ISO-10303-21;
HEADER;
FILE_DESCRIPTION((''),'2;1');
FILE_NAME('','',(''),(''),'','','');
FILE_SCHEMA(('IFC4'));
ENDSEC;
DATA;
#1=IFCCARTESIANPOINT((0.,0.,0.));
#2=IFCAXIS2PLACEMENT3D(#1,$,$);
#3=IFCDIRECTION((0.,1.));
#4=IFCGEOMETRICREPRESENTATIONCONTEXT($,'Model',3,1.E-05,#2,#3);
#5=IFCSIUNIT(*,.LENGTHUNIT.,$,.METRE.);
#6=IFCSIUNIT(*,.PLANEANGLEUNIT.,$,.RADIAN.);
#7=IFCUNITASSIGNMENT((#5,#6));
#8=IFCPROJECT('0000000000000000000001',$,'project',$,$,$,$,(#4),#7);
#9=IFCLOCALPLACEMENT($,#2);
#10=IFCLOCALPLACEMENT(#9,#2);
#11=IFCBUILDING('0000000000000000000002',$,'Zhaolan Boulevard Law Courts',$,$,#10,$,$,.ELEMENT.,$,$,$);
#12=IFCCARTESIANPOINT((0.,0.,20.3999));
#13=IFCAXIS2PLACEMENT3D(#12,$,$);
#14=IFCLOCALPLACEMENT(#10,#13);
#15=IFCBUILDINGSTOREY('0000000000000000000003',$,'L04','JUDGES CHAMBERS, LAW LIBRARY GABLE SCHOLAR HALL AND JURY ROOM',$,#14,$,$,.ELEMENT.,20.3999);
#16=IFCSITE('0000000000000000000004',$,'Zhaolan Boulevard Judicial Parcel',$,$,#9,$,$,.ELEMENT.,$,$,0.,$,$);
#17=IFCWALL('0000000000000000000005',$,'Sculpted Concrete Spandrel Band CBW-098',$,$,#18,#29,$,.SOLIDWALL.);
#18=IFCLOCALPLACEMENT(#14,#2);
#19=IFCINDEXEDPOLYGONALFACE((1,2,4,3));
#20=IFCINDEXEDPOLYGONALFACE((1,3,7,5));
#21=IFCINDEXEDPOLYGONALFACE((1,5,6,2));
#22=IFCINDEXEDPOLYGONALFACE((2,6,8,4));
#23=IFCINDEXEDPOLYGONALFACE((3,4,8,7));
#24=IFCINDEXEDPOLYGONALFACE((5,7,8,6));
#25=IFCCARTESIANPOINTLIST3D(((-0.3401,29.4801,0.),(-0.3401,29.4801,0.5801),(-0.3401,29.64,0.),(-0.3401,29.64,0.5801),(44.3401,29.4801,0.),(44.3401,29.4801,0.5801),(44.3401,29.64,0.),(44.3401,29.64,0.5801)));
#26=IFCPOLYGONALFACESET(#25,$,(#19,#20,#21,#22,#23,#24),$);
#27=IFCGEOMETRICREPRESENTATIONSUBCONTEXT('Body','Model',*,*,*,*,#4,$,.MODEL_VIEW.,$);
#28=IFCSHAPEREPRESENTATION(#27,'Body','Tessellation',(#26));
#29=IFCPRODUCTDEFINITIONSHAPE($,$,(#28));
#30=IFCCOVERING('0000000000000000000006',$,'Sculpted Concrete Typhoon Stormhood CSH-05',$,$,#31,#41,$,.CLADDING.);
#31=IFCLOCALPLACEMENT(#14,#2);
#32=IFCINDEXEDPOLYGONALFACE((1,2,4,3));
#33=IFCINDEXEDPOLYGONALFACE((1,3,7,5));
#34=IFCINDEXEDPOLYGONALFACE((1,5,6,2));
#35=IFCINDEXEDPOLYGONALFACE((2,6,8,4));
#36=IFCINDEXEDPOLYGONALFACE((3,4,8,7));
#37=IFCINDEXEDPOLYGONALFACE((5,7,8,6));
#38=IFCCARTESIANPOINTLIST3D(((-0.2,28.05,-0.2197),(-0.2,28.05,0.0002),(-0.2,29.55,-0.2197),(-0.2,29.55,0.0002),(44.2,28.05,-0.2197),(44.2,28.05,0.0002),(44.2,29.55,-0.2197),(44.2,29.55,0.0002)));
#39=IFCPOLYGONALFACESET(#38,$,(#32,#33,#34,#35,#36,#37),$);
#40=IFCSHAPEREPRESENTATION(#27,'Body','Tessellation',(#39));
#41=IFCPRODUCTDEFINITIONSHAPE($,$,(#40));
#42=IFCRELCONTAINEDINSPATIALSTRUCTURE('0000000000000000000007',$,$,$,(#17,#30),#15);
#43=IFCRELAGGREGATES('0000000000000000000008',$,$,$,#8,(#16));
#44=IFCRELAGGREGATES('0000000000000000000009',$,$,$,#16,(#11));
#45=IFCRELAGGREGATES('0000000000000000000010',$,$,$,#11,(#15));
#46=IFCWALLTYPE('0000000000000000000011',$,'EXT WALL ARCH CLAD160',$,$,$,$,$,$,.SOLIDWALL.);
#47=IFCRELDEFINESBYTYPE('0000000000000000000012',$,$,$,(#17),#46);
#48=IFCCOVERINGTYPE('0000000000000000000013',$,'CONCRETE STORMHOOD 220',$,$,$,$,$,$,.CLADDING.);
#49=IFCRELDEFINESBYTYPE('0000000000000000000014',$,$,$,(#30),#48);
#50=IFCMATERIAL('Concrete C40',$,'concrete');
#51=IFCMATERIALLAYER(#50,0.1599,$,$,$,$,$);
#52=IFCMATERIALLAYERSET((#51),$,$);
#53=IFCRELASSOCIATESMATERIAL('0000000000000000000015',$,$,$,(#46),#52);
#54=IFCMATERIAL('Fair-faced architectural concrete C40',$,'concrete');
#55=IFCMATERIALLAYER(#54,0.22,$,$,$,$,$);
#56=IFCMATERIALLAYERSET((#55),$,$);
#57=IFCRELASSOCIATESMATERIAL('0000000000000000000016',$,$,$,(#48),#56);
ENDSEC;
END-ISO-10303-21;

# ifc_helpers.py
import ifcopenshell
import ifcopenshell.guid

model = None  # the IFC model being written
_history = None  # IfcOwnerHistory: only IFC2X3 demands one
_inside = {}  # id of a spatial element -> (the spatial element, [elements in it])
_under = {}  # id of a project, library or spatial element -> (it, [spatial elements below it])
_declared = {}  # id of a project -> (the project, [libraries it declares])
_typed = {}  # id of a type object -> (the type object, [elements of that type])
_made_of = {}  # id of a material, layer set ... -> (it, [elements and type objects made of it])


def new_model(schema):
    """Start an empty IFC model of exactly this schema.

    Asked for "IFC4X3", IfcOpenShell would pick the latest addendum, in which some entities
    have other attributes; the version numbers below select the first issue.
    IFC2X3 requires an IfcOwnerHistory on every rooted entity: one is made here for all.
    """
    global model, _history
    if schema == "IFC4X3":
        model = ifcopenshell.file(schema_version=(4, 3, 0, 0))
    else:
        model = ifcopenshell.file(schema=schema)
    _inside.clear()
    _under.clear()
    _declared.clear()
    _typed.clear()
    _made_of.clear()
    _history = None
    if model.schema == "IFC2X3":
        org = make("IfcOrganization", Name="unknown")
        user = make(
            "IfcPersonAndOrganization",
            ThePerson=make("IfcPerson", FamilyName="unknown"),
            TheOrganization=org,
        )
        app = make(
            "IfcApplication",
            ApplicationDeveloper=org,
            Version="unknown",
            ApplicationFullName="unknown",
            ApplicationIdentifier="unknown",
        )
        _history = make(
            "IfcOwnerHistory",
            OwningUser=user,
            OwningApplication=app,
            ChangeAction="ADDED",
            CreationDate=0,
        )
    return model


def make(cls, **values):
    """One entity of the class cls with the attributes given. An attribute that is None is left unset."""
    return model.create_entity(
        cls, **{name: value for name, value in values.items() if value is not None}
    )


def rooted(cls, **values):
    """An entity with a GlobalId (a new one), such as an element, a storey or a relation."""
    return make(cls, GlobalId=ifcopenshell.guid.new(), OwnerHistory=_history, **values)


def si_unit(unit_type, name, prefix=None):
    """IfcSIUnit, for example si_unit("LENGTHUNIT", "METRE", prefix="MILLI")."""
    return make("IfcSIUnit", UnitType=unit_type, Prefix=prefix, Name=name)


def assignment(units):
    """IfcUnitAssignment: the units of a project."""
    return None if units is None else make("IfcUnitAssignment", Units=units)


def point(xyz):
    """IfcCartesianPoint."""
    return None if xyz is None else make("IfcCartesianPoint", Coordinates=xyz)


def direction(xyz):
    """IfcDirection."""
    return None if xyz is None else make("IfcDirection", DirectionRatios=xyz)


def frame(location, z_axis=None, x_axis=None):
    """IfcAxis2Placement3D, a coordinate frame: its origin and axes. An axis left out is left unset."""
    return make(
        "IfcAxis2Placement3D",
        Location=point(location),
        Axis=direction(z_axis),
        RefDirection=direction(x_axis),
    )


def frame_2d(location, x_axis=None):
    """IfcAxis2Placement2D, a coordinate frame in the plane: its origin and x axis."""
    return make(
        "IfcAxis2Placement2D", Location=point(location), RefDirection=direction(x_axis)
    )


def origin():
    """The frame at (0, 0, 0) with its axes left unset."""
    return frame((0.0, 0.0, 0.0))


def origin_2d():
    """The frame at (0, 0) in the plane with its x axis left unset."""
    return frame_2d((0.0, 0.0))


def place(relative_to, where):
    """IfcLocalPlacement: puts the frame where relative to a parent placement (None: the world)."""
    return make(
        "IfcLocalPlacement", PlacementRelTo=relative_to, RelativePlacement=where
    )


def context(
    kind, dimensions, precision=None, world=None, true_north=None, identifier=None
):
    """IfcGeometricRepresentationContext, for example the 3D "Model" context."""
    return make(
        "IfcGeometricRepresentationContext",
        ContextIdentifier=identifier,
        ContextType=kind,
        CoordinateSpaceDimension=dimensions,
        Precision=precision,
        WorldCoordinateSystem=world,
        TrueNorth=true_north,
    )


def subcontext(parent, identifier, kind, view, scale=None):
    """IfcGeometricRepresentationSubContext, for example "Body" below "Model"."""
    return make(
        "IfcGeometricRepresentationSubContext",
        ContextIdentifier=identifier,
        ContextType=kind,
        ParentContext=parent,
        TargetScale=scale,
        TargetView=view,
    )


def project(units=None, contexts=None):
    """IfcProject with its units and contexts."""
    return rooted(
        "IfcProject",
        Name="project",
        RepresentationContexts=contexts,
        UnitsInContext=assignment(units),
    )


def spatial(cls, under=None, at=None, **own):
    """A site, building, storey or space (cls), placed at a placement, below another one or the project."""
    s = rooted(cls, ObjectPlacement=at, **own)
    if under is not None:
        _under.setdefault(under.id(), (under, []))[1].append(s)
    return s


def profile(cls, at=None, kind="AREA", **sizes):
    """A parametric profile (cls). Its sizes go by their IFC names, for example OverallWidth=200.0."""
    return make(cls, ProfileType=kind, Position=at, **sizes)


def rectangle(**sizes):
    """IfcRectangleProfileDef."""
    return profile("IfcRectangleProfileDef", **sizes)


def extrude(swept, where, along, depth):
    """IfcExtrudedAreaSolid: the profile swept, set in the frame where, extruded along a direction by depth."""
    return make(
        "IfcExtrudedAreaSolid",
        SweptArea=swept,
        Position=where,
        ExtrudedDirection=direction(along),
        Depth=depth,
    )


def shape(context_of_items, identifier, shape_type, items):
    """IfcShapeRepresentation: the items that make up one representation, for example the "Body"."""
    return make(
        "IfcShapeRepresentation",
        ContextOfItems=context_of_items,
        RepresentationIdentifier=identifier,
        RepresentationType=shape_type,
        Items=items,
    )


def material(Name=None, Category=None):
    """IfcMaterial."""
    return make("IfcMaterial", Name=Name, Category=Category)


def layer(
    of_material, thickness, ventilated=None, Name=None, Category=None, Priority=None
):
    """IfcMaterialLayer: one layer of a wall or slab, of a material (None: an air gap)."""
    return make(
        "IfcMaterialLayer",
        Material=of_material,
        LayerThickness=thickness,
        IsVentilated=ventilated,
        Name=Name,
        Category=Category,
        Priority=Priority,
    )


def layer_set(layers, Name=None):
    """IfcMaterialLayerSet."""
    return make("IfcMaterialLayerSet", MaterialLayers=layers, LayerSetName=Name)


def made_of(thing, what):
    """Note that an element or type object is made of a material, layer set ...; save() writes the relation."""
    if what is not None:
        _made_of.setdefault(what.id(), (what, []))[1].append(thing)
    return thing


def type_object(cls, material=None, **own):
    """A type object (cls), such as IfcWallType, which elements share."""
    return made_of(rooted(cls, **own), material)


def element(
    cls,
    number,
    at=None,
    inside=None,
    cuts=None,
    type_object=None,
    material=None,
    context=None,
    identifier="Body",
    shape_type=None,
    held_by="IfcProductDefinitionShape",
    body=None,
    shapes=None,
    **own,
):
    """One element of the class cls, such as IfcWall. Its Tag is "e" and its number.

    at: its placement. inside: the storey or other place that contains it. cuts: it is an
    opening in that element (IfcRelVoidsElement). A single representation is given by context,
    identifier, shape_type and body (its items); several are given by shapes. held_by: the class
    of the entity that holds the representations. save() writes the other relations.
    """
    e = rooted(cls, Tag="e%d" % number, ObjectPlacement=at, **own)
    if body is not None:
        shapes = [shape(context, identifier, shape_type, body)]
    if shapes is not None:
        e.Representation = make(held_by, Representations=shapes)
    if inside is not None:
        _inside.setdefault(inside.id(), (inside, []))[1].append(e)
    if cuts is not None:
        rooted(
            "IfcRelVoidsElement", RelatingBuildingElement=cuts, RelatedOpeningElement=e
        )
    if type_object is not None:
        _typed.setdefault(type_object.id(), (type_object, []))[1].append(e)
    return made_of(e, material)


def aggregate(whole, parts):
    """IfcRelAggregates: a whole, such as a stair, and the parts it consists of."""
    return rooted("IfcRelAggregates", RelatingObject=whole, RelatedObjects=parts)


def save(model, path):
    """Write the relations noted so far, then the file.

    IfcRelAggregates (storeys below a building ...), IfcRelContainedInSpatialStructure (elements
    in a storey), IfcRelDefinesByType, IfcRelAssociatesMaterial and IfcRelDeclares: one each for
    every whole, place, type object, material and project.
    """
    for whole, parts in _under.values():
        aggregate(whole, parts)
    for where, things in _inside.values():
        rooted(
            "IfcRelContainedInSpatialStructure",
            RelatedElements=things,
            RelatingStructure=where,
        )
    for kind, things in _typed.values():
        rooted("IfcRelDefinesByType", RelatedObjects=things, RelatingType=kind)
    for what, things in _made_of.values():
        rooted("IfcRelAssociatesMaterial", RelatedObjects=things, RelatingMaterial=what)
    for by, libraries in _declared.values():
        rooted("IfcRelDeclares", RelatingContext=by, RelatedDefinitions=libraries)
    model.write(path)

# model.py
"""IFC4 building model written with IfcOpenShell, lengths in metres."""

from ifc_helpers import new_model, si_unit, direction, frame, frame_2d, origin, origin_2d, place, context, subcontext, project, spatial, rectangle, extrude, material, layer, layer_set, type_object, element, save


model = new_model("IFC4")

# Units and contexts
model_context = context("Model", 3, precision=1e-05, world=origin(), true_north=direction((0.0, 1.0)))
body_context = subcontext(model_context, "Body", "Model", "MODEL_VIEW")
ifc_project = project(units=[si_unit("LENGTHUNIT", "METRE"), si_unit("PLANEANGLEUNIT", "RADIAN")], contexts=[model_context])

# Site, building, storey
site_placement = place(None, origin())
site = spatial("IfcSite", under=ifc_project, at=site_placement, Name="Zhaolan Boulevard Judicial Parcel", CompositionType="ELEMENT", RefElevation=0.0)
building_placement = place(site_placement, origin())
building = spatial("IfcBuilding", under=site, at=building_placement, Name="Zhaolan Boulevard Law Courts", CompositionType="ELEMENT")
storey_placement = place(building_placement, frame((0.0, 0.0, 20.3999)))
storey = spatial("IfcBuildingStorey", under=building, at=storey_placement, Name="L04", Description="JUDGES CHAMBERS, LAW LIBRARY GABLE SCHOLAR HALL AND JURY ROOM", CompositionType="ELEMENT", Elevation=20.3999)

# Wall
ifc_material_1 = material(Name="Concrete C40", Category="concrete")
ifc_layer_1 = layer(ifc_material_1, 0.1599)
ifc_layer_set_1 = layer_set([ifc_layer_1])
wall_type_1 = type_object("IfcWallType", Name="EXT WALL ARCH CLAD160", PredefinedType="SOLIDWALL", material=ifc_layer_set_1)
wall_1_placement = place(storey_placement, frame((-0.3401, 29.5601, 0.0), z_axis=(0.0, 0.0, 1.0), x_axis=(1.0, 0.0, 0.0)))
element("IfcWall", 1, at=wall_1_placement, inside=storey, type_object=wall_type_1, Name="Sculpted Concrete Spandrel Band CBW-098", PredefinedType="SOLIDWALL", context=body_context, shape_type="SweptSolid", body=[
    extrude(rectangle(XDim=44.6802, YDim=0.1599, at=frame_2d((22.3401, 0.0))), origin(), (0.0, 0.0, 1.0), 0.5801),
])

# Covering
ifc_material_2 = material(Name="Fair-faced architectural concrete C40", Category="concrete")
ifc_layer_2 = layer(ifc_material_2, 0.22)
ifc_layer_set_2 = layer_set([ifc_layer_2])
covering_type = type_object("IfcCoveringType", Name="CONCRETE STORMHOOD 220", PredefinedType="CLADDING", material=ifc_layer_set_2)
covering_placement = place(storey_placement, frame((22.0, 28.8, -0.2197), z_axis=(0.0, 0.0, 1.0), x_axis=(1.0, 0.0, 0.0)))
element("IfcCovering", 2, at=covering_placement, inside=storey, type_object=covering_type, Name="Sculpted Concrete Typhoon Stormhood CSH-05", PredefinedType="CLADDING", context=body_context, shape_type="SweptSolid", body=[
    extrude(rectangle(XDim=44.3999, YDim=1.5, at=origin_2d()), origin(), (0.0, 0.0, 1.0), 0.22),
])

save(model, "model.ifc")
